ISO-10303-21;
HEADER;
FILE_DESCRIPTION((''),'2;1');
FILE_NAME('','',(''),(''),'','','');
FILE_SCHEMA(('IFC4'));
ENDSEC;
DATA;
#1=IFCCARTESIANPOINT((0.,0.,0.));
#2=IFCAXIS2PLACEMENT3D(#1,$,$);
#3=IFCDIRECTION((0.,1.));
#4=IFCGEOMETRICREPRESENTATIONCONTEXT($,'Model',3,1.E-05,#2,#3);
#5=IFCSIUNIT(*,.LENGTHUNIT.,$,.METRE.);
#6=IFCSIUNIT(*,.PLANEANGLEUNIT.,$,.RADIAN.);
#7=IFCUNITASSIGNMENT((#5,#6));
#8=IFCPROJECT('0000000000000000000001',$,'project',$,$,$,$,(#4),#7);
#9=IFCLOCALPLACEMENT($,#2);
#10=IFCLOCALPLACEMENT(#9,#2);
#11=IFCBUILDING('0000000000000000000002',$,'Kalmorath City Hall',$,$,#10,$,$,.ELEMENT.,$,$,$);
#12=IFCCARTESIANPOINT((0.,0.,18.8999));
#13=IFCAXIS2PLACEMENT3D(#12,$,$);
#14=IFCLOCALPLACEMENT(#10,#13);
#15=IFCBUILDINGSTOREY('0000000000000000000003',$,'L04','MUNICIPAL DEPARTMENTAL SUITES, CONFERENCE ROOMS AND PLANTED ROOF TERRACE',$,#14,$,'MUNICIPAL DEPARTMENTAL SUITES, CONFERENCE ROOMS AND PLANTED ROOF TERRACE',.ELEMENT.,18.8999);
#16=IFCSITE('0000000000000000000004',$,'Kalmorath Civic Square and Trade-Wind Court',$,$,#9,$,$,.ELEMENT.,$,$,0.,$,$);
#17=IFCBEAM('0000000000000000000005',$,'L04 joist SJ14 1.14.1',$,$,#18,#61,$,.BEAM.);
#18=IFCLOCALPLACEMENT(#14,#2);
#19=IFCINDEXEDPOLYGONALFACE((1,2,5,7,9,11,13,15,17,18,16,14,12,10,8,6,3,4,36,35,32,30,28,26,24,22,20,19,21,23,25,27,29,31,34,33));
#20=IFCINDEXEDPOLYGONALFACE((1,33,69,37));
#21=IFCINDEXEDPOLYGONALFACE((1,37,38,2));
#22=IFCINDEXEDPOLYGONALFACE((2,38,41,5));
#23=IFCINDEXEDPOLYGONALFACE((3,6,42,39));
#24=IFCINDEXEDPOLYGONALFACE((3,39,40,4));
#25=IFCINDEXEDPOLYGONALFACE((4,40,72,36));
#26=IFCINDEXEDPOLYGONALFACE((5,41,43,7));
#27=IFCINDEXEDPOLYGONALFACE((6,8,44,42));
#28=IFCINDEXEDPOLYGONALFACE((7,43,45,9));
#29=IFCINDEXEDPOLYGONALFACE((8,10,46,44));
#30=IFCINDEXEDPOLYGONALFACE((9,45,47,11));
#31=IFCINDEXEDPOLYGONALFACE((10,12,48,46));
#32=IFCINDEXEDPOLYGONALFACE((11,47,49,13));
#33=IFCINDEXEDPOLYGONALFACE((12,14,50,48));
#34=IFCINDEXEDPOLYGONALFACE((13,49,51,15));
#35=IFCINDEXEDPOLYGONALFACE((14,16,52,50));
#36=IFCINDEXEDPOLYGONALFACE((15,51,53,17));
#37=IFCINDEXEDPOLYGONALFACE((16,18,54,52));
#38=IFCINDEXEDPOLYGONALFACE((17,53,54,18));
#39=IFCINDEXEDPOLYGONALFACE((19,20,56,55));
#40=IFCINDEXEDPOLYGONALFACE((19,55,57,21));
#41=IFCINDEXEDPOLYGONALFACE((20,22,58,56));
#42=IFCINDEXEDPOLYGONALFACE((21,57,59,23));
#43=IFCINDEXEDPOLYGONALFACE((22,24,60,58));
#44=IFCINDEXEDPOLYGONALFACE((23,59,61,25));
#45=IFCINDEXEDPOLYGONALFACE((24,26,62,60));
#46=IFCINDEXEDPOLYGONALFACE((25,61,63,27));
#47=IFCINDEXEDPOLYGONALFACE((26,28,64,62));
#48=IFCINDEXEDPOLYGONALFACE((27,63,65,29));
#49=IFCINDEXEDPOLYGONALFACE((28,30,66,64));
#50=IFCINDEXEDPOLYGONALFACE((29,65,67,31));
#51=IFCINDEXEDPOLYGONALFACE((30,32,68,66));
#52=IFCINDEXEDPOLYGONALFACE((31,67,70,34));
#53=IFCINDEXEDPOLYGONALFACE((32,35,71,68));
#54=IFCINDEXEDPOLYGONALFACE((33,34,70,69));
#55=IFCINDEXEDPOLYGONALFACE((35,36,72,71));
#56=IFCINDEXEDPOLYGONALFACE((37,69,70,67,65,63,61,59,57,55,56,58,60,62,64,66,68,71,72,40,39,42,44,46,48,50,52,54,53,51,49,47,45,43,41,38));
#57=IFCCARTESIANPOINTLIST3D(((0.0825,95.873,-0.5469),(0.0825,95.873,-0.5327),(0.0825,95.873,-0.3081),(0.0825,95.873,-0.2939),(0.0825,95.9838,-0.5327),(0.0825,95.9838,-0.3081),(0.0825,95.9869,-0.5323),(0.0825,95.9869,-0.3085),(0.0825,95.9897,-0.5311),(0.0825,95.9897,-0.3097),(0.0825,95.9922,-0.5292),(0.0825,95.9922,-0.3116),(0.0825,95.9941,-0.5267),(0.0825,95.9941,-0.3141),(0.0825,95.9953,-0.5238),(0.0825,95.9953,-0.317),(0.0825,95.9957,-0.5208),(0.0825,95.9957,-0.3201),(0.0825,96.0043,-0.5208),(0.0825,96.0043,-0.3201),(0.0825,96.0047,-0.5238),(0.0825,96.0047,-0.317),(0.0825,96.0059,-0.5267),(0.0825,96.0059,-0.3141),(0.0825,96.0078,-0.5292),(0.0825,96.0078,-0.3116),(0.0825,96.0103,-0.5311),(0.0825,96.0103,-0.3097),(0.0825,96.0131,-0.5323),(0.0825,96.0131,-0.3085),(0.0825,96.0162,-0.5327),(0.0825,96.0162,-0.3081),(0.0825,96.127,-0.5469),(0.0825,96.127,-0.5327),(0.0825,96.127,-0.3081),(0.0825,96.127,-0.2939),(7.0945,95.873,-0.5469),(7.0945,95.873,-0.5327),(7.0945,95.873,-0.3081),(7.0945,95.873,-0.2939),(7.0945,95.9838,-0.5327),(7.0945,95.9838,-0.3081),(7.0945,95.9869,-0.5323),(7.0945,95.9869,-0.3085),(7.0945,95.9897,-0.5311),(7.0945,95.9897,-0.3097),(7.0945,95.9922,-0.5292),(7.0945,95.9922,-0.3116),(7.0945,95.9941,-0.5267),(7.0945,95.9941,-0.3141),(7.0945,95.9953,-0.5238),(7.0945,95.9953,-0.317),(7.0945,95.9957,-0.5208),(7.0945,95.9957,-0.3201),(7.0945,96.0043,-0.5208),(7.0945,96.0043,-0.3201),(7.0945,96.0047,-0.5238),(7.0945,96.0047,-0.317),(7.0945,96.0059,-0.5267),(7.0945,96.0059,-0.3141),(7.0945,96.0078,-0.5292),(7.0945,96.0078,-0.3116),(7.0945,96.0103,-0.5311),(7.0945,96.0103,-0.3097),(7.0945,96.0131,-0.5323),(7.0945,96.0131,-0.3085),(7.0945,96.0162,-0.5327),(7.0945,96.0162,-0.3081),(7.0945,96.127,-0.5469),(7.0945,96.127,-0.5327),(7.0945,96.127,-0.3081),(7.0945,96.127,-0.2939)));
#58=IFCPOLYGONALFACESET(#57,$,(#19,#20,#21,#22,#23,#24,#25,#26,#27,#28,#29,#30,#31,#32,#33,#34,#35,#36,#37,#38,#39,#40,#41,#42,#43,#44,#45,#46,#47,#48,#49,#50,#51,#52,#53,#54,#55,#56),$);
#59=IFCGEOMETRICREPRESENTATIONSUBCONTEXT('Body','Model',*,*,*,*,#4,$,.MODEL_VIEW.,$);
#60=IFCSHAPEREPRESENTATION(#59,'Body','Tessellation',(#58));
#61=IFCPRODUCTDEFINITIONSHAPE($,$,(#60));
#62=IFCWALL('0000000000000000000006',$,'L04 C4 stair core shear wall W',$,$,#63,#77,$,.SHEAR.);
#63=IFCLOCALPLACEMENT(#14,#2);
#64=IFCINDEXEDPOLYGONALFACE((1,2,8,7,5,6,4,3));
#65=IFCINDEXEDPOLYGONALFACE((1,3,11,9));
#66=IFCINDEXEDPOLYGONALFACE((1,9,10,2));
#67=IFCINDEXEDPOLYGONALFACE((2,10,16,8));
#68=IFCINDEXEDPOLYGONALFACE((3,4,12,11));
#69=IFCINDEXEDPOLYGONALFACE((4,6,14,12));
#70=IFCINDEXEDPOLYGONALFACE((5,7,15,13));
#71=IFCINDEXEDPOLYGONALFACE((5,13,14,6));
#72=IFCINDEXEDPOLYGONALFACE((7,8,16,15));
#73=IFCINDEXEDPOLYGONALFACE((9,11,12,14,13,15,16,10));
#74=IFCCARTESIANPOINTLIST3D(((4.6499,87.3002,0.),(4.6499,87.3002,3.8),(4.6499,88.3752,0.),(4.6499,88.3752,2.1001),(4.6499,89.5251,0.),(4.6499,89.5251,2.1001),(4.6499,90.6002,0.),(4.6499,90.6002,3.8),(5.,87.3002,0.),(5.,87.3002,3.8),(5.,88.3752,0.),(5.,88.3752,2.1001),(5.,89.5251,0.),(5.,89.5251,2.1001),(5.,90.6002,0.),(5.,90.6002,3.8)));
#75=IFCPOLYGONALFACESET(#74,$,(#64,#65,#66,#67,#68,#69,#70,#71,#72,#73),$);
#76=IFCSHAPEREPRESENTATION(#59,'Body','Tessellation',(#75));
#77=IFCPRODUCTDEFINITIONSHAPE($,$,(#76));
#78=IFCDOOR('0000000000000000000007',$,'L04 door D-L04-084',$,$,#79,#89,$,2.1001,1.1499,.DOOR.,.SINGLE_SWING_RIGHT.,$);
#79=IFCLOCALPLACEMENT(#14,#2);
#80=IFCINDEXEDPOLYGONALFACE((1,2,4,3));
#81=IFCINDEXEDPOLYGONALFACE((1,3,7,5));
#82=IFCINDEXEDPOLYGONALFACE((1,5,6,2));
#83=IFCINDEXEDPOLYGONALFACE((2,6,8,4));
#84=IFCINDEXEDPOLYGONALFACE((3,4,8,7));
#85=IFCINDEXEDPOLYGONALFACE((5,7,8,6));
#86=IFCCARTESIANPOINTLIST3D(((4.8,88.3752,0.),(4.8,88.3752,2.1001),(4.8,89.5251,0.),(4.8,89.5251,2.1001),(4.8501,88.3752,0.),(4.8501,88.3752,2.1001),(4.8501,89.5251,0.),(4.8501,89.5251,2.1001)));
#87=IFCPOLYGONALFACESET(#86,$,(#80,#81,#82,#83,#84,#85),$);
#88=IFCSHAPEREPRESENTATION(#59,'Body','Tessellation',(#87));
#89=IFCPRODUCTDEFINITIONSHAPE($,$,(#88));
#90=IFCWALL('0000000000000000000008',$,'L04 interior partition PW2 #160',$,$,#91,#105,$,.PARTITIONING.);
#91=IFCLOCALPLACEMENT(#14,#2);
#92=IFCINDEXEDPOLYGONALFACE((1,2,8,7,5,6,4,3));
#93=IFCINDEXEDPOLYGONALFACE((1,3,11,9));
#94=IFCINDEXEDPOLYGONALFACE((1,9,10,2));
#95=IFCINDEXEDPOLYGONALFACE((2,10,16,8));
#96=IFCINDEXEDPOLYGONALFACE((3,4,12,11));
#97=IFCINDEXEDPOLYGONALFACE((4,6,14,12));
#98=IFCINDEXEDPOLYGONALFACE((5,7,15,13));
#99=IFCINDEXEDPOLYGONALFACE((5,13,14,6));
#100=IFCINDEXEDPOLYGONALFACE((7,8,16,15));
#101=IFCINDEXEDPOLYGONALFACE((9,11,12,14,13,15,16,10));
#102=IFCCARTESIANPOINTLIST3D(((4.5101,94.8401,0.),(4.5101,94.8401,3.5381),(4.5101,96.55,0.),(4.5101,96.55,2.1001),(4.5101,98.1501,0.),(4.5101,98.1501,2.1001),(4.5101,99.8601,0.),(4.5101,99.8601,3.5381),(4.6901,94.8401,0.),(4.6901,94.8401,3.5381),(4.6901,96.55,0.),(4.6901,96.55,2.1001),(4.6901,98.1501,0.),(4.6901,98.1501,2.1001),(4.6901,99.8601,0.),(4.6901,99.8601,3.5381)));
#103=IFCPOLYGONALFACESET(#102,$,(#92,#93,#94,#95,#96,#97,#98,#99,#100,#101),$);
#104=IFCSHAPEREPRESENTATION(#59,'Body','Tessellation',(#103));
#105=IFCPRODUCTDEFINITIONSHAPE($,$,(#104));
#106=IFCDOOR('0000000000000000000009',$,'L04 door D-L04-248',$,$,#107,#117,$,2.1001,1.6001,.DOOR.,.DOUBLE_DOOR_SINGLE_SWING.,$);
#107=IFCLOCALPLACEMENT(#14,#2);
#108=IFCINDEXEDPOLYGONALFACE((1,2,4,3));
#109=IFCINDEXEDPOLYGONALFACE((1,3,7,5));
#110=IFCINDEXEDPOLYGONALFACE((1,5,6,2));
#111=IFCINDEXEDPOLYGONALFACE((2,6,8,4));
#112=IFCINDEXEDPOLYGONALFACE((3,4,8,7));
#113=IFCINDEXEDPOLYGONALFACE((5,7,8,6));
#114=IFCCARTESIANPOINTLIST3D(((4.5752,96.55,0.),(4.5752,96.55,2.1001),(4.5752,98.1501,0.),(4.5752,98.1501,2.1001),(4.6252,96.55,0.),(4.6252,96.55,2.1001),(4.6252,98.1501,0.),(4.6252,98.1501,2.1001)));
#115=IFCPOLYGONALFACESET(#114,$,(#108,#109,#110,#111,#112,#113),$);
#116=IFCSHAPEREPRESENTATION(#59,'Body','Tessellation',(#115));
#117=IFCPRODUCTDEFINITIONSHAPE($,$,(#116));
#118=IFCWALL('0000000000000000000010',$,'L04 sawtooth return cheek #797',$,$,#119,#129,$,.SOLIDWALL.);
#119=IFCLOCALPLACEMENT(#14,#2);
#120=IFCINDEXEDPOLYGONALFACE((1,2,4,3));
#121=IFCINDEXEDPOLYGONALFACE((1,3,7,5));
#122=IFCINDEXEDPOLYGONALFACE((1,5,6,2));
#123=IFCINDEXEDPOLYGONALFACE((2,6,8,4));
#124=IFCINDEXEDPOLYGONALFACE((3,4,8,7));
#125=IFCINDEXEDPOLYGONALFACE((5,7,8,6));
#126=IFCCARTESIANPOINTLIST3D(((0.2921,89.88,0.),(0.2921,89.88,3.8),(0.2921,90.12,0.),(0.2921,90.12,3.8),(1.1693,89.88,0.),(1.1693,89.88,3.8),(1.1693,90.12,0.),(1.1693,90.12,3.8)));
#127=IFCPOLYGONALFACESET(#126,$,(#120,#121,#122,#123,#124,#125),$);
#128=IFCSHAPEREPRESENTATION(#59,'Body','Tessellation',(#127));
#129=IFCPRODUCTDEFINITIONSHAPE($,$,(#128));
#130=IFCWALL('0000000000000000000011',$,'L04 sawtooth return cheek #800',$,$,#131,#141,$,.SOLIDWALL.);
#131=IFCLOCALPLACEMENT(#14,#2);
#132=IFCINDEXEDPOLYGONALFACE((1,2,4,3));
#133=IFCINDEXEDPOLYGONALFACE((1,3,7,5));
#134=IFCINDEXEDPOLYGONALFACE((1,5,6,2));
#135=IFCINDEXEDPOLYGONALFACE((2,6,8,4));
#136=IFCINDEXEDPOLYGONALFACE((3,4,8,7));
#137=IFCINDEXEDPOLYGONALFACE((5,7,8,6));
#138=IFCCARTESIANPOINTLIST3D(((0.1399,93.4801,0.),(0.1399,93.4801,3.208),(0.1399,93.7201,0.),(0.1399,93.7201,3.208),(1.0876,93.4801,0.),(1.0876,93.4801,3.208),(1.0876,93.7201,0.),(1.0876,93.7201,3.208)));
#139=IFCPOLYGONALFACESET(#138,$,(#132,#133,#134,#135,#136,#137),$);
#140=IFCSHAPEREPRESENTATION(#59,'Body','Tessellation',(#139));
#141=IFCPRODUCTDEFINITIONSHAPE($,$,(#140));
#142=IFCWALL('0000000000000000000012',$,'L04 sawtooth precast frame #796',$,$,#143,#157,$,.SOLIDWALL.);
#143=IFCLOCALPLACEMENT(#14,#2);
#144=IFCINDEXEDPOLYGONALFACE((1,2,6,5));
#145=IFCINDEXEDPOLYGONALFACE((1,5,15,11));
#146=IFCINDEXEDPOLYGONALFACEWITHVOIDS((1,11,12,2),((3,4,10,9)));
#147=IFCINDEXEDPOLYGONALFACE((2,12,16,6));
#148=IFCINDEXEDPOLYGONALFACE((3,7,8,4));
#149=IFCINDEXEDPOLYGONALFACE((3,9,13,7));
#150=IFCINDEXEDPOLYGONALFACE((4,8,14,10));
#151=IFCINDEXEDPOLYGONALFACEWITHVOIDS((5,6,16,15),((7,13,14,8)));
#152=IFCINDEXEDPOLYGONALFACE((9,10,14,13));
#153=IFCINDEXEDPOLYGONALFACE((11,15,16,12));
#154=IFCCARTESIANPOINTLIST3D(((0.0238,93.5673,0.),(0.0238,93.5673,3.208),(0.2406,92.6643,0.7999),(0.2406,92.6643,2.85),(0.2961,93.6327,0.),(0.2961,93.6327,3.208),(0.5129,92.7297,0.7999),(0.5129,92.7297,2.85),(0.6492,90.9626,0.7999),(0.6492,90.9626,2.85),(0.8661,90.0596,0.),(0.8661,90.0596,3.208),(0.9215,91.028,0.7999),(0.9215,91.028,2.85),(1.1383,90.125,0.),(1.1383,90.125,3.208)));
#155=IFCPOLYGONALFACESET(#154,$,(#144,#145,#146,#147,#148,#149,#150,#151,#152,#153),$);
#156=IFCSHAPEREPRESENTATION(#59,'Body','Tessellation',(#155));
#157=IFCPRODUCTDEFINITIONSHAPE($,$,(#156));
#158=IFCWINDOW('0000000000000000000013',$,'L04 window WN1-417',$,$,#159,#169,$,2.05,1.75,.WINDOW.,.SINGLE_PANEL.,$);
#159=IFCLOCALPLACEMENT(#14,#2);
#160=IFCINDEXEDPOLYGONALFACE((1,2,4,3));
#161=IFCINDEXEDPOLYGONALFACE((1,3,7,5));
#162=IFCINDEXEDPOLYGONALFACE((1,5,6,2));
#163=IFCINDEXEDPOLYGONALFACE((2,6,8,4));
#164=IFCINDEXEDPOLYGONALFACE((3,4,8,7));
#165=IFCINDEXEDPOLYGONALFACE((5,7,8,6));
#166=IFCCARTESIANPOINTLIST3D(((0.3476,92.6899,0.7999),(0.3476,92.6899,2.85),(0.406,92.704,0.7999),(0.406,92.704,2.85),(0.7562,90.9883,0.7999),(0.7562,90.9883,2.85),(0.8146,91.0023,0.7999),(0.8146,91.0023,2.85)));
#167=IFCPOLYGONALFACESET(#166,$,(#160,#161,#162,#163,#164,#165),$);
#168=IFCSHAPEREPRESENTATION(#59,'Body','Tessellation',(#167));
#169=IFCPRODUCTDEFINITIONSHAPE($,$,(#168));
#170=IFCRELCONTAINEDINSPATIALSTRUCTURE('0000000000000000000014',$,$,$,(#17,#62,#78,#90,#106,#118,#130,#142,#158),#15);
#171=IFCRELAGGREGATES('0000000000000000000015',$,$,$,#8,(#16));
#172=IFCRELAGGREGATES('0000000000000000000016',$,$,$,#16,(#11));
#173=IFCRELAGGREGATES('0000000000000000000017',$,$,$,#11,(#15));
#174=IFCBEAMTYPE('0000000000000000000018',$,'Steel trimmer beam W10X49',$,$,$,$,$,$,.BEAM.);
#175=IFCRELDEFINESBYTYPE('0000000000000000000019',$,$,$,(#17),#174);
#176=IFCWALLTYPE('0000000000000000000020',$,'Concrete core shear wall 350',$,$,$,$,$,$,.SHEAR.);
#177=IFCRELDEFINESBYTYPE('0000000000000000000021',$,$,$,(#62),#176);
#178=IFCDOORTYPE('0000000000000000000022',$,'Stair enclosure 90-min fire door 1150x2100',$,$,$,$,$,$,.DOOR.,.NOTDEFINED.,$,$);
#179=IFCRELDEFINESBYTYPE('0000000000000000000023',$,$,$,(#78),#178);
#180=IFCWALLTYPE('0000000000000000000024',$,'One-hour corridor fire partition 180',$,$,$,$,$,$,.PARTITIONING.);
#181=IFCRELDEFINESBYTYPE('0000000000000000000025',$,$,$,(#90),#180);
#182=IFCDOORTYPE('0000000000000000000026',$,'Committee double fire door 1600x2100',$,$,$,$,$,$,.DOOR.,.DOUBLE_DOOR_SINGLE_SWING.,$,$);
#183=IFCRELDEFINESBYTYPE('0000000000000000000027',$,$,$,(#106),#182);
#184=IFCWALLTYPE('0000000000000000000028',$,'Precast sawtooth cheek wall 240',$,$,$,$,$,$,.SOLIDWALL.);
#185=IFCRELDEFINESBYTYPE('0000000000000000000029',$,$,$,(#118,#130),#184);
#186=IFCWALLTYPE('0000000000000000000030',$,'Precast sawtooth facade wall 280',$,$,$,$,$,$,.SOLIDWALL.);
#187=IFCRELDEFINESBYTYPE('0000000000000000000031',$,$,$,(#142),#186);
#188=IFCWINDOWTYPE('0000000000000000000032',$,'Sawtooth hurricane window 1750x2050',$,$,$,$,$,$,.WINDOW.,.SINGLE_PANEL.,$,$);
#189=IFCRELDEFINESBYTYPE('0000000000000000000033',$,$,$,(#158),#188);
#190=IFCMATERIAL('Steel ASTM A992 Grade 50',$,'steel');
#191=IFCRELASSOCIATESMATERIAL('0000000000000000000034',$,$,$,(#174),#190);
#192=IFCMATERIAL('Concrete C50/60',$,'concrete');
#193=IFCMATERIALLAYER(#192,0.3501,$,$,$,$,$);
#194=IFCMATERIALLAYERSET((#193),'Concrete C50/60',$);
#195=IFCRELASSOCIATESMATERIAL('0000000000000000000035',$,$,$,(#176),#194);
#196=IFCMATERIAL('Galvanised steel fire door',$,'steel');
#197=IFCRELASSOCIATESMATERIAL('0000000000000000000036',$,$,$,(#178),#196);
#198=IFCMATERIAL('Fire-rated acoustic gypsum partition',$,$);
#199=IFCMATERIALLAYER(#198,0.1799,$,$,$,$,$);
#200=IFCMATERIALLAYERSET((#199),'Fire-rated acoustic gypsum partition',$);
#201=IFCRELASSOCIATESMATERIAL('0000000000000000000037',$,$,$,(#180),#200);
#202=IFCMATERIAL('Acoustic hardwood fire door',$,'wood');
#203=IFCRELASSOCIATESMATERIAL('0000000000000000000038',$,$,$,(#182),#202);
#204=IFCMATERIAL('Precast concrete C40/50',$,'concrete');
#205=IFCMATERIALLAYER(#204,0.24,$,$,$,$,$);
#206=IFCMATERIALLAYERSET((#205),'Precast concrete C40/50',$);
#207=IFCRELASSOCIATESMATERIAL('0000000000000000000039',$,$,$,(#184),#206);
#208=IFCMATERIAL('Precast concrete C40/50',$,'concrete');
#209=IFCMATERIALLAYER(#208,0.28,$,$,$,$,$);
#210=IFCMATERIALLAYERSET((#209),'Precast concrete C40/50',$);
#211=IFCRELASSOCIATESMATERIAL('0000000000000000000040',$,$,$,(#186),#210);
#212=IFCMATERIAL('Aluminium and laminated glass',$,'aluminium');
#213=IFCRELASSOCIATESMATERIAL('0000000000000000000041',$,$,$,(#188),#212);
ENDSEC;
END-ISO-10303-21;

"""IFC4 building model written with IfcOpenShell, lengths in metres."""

from ifc_helpers import new_model, si_unit, direction, frame, frame_2d, origin, origin_2d, place, context, subcontext, project, spatial, rectangle, i_section, extrude, material, layer, layer_set, material_profile, profile_set, type_object, element, fill, save


model = new_model("IFC4")

# Units and contexts
model_context = context("Model", 3, precision=1e-05, world=origin(), true_north=direction((0.0, 1.0)))
body_context = subcontext(model_context, "Body", "Model", "MODEL_VIEW")
ifc_project = project(units=[si_unit("LENGTHUNIT", "METRE"), si_unit("PLANEANGLEUNIT", "RADIAN")], contexts=[model_context])

# Site, building, storey
site_placement = place(None, origin())
site = spatial("IfcSite", under=ifc_project, at=site_placement, Name="Kalmorath Civic Square and Trade-Wind Court", CompositionType="ELEMENT", RefElevation=0.0)
building_placement = place(site_placement, origin())
building = spatial("IfcBuilding", under=site, at=building_placement, Name="Kalmorath City Hall", CompositionType="ELEMENT")
storey_placement = place(building_placement, frame((0.0, 0.0, 18.8999)))
storey = spatial("IfcBuildingStorey", under=building, at=storey_placement, Name="L04", Description="MUNICIPAL DEPARTMENTAL SUITES, CONFERENCE ROOMS AND PLANTED ROOF TERRACE", LongName="MUNICIPAL DEPARTMENTAL SUITES, CONFERENCE ROOMS AND PLANTED ROOF TERRACE", CompositionType="ELEMENT", Elevation=18.8999)

# Beam
ifc_material_1 = material(Name="Steel ASTM A992 Grade 50", Category="steel")
ifc_material_profile_1 = material_profile(ifc_material_1, i_section(OverallWidth=0.2539, OverallDepth=0.2529, WebThickness=0.0085, FlangeThickness=0.0142, FilletRadius=0.012, at=origin_2d()), Name="W10X49")
ifc_profile_set_1 = profile_set([ifc_material_profile_1], Name="Steel ASTM A992 Grade 50")
beam_type_1 = type_object("IfcBeamType", Name="Steel trimmer beam W10X49", PredefinedType="BEAM", material=ifc_profile_set_1)
beam_1_placement = place(storey_placement, frame((0.0825, 96.0, -0.4204), z_axis=(1.0, 0.0, 0.0), x_axis=(0.0, 1.0, 0.0)))
element("IfcBeam", 1, at=beam_1_placement, inside=storey, type_object=beam_type_1, Name="L04 joist SJ14 1.14.1", PredefinedType="BEAM", context=body_context, shape_type="SweptSolid", body=[
    extrude(i_section(OverallWidth=0.2539, OverallDepth=0.2529, WebThickness=0.0085, FlangeThickness=0.0142, FilletRadius=0.012, at=origin_2d()), origin(), (0.0, 0.0, 1.0), 7.012),
])

# Walls, openings, doors
ifc_material_2 = material(Name="Concrete C50/60", Category="concrete")
ifc_layer_1 = layer(ifc_material_2, 0.3501)
ifc_layer_set_1 = layer_set([ifc_layer_1], Name="Concrete C50/60")
wall_type_1 = type_object("IfcWallType", Name="Concrete core shear wall 350", PredefinedType="SHEAR", material=ifc_layer_set_1)
wall_1_placement = place(storey_placement, frame((4.825, 90.6001, 0.0), z_axis=(0.0, 0.0, 1.0), x_axis=(0.0, -1.0, 0.0)))
wall_1 = element("IfcWall", 2, at=wall_1_placement, inside=storey, type_object=wall_type_1, Name="L04 C4 stair core shear wall W", PredefinedType="SHEAR", context=body_context, shape_type="SweptSolid", body=[
    extrude(rectangle(XDim=3.3, YDim=0.3501, at=frame_2d((1.6499, 0.0))), origin(), (0.0, 0.0, 1.0), 3.8),
])
opening_1_placement = place(wall_1_placement, frame((1.075, 0.0, 0.0)))
opening_1 = element("IfcOpeningElement", 3, at=opening_1_placement, cuts=wall_1, PredefinedType="OPENING", context=body_context, shape_type="SweptSolid", body=[
    extrude(rectangle(XDim=1.1499, YDim=2.1001, at=frame_2d((0.575, 1.05))), frame((0.0, 0.1851, 0.0), z_axis=(0.0, -1.0, 0.0), x_axis=(1.0, 0.0, 0.0)), (0.0, 0.0, 1.0), 0.3701),
])
ifc_material_3 = material(Name="Galvanised steel fire door", Category="steel")
door_type_1 = type_object("IfcDoorType", Name="Stair enclosure 90-min fire door 1150x2100", OperationType="NOTDEFINED", PredefinedType="DOOR", material=ifc_material_3)
door_1_placement = place(opening_1_placement, frame((1.1499, 0.0, 0.0), z_axis=(0.0, 0.0, 1.0), x_axis=(-1.0, 0.0, 0.0)))
door_1 = element("IfcDoor", 4, at=door_1_placement, inside=storey, type_object=door_type_1, Name="L04 door D-L04-084", OperationType="SINGLE_SWING_RIGHT", OverallHeight=2.1001, OverallWidth=1.1499, PredefinedType="DOOR", context=body_context, shape_type="SweptSolid", body=[
    extrude(rectangle(XDim=1.1499, YDim=2.1001, at=frame_2d((0.575, 1.05))), frame((0.0, 0.0249, 0.0), z_axis=(0.0, -1.0, 0.0), x_axis=(1.0, 0.0, 0.0)), (0.0, 0.0, 1.0), 0.05),
])
fill(opening_1, door_1)
ifc_material_4 = material(Name="Fire-rated acoustic gypsum partition")
ifc_layer_2 = layer(ifc_material_4, 0.1799)
ifc_layer_set_2 = layer_set([ifc_layer_2], Name="Fire-rated acoustic gypsum partition")
wall_type_2 = type_object("IfcWallType", Name="One-hour corridor fire partition 180", PredefinedType="PARTITIONING", material=ifc_layer_set_2)
wall_2_placement = place(storey_placement, frame((4.6001, 94.8401, 0.0), z_axis=(0.0, 0.0, 1.0), x_axis=(0.0, 1.0, 0.0)))
wall_2 = element("IfcWall", 5, at=wall_2_placement, inside=storey, type_object=wall_type_2, Name="L04 interior partition PW2 #160", PredefinedType="PARTITIONING", context=body_context, shape_type="SweptSolid", body=[
    extrude(rectangle(XDim=5.02, YDim=0.1799, at=frame_2d((2.51, 0.0))), origin(), (0.0, 0.0, 1.0), 3.5381),
])
opening_2_placement = place(wall_2_placement, frame((1.71, 0.0, 0.0)))
opening_2 = element("IfcOpeningElement", 6, at=opening_2_placement, cuts=wall_2, PredefinedType="OPENING", context=body_context, shape_type="SweptSolid", body=[
    extrude(rectangle(XDim=1.6001, YDim=2.1001, at=frame_2d((0.8, 1.05))), frame((0.0, 0.0999, 0.0), z_axis=(0.0, -1.0, 0.0), x_axis=(1.0, 0.0, 0.0)), (0.0, 0.0, 1.0), 0.2),
])
ifc_material_5 = material(Name="Acoustic hardwood fire door", Category="wood")
door_type_2 = type_object("IfcDoorType", Name="Committee double fire door 1600x2100", OperationType="DOUBLE_DOOR_SINGLE_SWING", PredefinedType="DOOR", material=ifc_material_5)
door_2_placement = place(opening_2_placement, origin())
door_2 = element("IfcDoor", 7, at=door_2_placement, inside=storey, type_object=door_type_2, Name="L04 door D-L04-248", OperationType="DOUBLE_DOOR_SINGLE_SWING", OverallHeight=2.1001, OverallWidth=1.6001, PredefinedType="DOOR", context=body_context, shape_type="SweptSolid", body=[
    extrude(rectangle(XDim=1.6001, YDim=2.1001, at=frame_2d((0.8, 1.05))), frame((0.0, 0.0249, 0.0), z_axis=(0.0, -1.0, 0.0), x_axis=(1.0, 0.0, 0.0)), (0.0, 0.0, 1.0), 0.05),
])
fill(opening_2, door_2)

# Walls
ifc_material_6 = material(Name="Precast concrete C40/50", Category="concrete")
ifc_layer_3 = layer(ifc_material_6, 0.24)
ifc_layer_set_3 = layer_set([ifc_layer_3], Name="Precast concrete C40/50")
wall_type_3 = type_object("IfcWallType", Name="Precast sawtooth cheek wall 240", PredefinedType="SOLIDWALL", material=ifc_layer_set_3)
wall_3_placement = place(storey_placement, frame((1.1692, 90.0, 0.0), z_axis=(0.0, 0.0, 1.0), x_axis=(-1.0, 0.0, 0.0)))
element("IfcWall", 8, at=wall_3_placement, inside=storey, type_object=wall_type_3, Name="L04 sawtooth return cheek #797", PredefinedType="SOLIDWALL", context=body_context, shape_type="SweptSolid", body=[
    extrude(rectangle(XDim=0.8772, YDim=0.24, at=frame_2d((0.4385, 0.0))), origin(), (0.0, 0.0, 1.0), 3.8),
])
wall_4_placement = place(storey_placement, frame((1.0876, 93.6001, 0.0), z_axis=(0.0, 0.0, 1.0), x_axis=(-1.0, 0.0, 0.0)))
element("IfcWall", 9, at=wall_4_placement, inside=storey, type_object=wall_type_3, Name="L04 sawtooth return cheek #800", PredefinedType="SOLIDWALL", context=body_context, shape_type="SweptSolid", body=[
    extrude(rectangle(XDim=0.9478, YDim=0.24, at=frame_2d((0.4739, 0.0))), origin(), (0.0, 0.0, 1.0), 3.208),
])

# Wall, opening, window
ifc_material_7 = material(Name="Precast concrete C40/50", Category="concrete")
ifc_layer_4 = layer(ifc_material_7, 0.28)
ifc_layer_set_4 = layer_set([ifc_layer_4], Name="Precast concrete C40/50")
wall_type_4 = type_object("IfcWallType", Name="Precast sawtooth facade wall 280", PredefinedType="SOLIDWALL", material=ifc_layer_set_4)
wall_5_placement = place(storey_placement, frame((1.0022, 90.0923, 0.0), z_axis=(0.0, 0.0, 1.0), x_axis=(-0.23348, 0.972361, 0.0)))
wall_5 = element("IfcWall", 10, at=wall_5_placement, inside=storey, type_object=wall_type_4, Name="L04 sawtooth precast frame #796", PredefinedType="SOLIDWALL", context=body_context, shape_type="SweptSolid", body=[
    extrude(rectangle(XDim=3.6074, YDim=0.28, at=frame_2d((1.8037, 0.0))), origin(), (0.0, 0.0, 1.0), 3.208),
])
opening_3_placement = place(wall_5_placement, frame((0.9287, 0.0, 0.8)))
opening_3 = element("IfcOpeningElement", 11, at=opening_3_placement, cuts=wall_5, PredefinedType="OPENING", context=body_context, shape_type="SweptSolid", body=[
    extrude(rectangle(XDim=1.75, YDim=2.05, at=frame_2d((0.875, 1.0249))), frame((0.0, 0.1499, 0.0), z_axis=(0.0, -1.0, 0.0), x_axis=(1.0, 0.0, 0.0)), (0.0, 0.0, 1.0), 0.3),
])
ifc_material_8 = material(Name="Aluminium and laminated glass", Category="aluminium")
window_type_1 = type_object("IfcWindowType", Name="Sawtooth hurricane window 1750x2050", PartitioningType="SINGLE_PANEL", PredefinedType="WINDOW", material=ifc_material_8)
window_1_placement = place(opening_3_placement, origin())
window_1 = element("IfcWindow", 12, at=window_1_placement, inside=storey, type_object=window_type_1, Name="L04 window WN1-417", OverallHeight=2.05, OverallWidth=1.75, PartitioningType="SINGLE_PANEL", PredefinedType="WINDOW", context=body_context, shape_type="SweptSolid", body=[
    extrude(rectangle(XDim=1.75, YDim=2.05, at=frame_2d((0.875, 1.0249))), frame((0.0, 0.03, 0.0), z_axis=(0.0, -1.0, 0.0), x_axis=(1.0, 0.0, 0.0)), (0.0, 0.0, 1.0), 0.0601),
])
fill(opening_3, window_1)

save(model, "model.ifc")
